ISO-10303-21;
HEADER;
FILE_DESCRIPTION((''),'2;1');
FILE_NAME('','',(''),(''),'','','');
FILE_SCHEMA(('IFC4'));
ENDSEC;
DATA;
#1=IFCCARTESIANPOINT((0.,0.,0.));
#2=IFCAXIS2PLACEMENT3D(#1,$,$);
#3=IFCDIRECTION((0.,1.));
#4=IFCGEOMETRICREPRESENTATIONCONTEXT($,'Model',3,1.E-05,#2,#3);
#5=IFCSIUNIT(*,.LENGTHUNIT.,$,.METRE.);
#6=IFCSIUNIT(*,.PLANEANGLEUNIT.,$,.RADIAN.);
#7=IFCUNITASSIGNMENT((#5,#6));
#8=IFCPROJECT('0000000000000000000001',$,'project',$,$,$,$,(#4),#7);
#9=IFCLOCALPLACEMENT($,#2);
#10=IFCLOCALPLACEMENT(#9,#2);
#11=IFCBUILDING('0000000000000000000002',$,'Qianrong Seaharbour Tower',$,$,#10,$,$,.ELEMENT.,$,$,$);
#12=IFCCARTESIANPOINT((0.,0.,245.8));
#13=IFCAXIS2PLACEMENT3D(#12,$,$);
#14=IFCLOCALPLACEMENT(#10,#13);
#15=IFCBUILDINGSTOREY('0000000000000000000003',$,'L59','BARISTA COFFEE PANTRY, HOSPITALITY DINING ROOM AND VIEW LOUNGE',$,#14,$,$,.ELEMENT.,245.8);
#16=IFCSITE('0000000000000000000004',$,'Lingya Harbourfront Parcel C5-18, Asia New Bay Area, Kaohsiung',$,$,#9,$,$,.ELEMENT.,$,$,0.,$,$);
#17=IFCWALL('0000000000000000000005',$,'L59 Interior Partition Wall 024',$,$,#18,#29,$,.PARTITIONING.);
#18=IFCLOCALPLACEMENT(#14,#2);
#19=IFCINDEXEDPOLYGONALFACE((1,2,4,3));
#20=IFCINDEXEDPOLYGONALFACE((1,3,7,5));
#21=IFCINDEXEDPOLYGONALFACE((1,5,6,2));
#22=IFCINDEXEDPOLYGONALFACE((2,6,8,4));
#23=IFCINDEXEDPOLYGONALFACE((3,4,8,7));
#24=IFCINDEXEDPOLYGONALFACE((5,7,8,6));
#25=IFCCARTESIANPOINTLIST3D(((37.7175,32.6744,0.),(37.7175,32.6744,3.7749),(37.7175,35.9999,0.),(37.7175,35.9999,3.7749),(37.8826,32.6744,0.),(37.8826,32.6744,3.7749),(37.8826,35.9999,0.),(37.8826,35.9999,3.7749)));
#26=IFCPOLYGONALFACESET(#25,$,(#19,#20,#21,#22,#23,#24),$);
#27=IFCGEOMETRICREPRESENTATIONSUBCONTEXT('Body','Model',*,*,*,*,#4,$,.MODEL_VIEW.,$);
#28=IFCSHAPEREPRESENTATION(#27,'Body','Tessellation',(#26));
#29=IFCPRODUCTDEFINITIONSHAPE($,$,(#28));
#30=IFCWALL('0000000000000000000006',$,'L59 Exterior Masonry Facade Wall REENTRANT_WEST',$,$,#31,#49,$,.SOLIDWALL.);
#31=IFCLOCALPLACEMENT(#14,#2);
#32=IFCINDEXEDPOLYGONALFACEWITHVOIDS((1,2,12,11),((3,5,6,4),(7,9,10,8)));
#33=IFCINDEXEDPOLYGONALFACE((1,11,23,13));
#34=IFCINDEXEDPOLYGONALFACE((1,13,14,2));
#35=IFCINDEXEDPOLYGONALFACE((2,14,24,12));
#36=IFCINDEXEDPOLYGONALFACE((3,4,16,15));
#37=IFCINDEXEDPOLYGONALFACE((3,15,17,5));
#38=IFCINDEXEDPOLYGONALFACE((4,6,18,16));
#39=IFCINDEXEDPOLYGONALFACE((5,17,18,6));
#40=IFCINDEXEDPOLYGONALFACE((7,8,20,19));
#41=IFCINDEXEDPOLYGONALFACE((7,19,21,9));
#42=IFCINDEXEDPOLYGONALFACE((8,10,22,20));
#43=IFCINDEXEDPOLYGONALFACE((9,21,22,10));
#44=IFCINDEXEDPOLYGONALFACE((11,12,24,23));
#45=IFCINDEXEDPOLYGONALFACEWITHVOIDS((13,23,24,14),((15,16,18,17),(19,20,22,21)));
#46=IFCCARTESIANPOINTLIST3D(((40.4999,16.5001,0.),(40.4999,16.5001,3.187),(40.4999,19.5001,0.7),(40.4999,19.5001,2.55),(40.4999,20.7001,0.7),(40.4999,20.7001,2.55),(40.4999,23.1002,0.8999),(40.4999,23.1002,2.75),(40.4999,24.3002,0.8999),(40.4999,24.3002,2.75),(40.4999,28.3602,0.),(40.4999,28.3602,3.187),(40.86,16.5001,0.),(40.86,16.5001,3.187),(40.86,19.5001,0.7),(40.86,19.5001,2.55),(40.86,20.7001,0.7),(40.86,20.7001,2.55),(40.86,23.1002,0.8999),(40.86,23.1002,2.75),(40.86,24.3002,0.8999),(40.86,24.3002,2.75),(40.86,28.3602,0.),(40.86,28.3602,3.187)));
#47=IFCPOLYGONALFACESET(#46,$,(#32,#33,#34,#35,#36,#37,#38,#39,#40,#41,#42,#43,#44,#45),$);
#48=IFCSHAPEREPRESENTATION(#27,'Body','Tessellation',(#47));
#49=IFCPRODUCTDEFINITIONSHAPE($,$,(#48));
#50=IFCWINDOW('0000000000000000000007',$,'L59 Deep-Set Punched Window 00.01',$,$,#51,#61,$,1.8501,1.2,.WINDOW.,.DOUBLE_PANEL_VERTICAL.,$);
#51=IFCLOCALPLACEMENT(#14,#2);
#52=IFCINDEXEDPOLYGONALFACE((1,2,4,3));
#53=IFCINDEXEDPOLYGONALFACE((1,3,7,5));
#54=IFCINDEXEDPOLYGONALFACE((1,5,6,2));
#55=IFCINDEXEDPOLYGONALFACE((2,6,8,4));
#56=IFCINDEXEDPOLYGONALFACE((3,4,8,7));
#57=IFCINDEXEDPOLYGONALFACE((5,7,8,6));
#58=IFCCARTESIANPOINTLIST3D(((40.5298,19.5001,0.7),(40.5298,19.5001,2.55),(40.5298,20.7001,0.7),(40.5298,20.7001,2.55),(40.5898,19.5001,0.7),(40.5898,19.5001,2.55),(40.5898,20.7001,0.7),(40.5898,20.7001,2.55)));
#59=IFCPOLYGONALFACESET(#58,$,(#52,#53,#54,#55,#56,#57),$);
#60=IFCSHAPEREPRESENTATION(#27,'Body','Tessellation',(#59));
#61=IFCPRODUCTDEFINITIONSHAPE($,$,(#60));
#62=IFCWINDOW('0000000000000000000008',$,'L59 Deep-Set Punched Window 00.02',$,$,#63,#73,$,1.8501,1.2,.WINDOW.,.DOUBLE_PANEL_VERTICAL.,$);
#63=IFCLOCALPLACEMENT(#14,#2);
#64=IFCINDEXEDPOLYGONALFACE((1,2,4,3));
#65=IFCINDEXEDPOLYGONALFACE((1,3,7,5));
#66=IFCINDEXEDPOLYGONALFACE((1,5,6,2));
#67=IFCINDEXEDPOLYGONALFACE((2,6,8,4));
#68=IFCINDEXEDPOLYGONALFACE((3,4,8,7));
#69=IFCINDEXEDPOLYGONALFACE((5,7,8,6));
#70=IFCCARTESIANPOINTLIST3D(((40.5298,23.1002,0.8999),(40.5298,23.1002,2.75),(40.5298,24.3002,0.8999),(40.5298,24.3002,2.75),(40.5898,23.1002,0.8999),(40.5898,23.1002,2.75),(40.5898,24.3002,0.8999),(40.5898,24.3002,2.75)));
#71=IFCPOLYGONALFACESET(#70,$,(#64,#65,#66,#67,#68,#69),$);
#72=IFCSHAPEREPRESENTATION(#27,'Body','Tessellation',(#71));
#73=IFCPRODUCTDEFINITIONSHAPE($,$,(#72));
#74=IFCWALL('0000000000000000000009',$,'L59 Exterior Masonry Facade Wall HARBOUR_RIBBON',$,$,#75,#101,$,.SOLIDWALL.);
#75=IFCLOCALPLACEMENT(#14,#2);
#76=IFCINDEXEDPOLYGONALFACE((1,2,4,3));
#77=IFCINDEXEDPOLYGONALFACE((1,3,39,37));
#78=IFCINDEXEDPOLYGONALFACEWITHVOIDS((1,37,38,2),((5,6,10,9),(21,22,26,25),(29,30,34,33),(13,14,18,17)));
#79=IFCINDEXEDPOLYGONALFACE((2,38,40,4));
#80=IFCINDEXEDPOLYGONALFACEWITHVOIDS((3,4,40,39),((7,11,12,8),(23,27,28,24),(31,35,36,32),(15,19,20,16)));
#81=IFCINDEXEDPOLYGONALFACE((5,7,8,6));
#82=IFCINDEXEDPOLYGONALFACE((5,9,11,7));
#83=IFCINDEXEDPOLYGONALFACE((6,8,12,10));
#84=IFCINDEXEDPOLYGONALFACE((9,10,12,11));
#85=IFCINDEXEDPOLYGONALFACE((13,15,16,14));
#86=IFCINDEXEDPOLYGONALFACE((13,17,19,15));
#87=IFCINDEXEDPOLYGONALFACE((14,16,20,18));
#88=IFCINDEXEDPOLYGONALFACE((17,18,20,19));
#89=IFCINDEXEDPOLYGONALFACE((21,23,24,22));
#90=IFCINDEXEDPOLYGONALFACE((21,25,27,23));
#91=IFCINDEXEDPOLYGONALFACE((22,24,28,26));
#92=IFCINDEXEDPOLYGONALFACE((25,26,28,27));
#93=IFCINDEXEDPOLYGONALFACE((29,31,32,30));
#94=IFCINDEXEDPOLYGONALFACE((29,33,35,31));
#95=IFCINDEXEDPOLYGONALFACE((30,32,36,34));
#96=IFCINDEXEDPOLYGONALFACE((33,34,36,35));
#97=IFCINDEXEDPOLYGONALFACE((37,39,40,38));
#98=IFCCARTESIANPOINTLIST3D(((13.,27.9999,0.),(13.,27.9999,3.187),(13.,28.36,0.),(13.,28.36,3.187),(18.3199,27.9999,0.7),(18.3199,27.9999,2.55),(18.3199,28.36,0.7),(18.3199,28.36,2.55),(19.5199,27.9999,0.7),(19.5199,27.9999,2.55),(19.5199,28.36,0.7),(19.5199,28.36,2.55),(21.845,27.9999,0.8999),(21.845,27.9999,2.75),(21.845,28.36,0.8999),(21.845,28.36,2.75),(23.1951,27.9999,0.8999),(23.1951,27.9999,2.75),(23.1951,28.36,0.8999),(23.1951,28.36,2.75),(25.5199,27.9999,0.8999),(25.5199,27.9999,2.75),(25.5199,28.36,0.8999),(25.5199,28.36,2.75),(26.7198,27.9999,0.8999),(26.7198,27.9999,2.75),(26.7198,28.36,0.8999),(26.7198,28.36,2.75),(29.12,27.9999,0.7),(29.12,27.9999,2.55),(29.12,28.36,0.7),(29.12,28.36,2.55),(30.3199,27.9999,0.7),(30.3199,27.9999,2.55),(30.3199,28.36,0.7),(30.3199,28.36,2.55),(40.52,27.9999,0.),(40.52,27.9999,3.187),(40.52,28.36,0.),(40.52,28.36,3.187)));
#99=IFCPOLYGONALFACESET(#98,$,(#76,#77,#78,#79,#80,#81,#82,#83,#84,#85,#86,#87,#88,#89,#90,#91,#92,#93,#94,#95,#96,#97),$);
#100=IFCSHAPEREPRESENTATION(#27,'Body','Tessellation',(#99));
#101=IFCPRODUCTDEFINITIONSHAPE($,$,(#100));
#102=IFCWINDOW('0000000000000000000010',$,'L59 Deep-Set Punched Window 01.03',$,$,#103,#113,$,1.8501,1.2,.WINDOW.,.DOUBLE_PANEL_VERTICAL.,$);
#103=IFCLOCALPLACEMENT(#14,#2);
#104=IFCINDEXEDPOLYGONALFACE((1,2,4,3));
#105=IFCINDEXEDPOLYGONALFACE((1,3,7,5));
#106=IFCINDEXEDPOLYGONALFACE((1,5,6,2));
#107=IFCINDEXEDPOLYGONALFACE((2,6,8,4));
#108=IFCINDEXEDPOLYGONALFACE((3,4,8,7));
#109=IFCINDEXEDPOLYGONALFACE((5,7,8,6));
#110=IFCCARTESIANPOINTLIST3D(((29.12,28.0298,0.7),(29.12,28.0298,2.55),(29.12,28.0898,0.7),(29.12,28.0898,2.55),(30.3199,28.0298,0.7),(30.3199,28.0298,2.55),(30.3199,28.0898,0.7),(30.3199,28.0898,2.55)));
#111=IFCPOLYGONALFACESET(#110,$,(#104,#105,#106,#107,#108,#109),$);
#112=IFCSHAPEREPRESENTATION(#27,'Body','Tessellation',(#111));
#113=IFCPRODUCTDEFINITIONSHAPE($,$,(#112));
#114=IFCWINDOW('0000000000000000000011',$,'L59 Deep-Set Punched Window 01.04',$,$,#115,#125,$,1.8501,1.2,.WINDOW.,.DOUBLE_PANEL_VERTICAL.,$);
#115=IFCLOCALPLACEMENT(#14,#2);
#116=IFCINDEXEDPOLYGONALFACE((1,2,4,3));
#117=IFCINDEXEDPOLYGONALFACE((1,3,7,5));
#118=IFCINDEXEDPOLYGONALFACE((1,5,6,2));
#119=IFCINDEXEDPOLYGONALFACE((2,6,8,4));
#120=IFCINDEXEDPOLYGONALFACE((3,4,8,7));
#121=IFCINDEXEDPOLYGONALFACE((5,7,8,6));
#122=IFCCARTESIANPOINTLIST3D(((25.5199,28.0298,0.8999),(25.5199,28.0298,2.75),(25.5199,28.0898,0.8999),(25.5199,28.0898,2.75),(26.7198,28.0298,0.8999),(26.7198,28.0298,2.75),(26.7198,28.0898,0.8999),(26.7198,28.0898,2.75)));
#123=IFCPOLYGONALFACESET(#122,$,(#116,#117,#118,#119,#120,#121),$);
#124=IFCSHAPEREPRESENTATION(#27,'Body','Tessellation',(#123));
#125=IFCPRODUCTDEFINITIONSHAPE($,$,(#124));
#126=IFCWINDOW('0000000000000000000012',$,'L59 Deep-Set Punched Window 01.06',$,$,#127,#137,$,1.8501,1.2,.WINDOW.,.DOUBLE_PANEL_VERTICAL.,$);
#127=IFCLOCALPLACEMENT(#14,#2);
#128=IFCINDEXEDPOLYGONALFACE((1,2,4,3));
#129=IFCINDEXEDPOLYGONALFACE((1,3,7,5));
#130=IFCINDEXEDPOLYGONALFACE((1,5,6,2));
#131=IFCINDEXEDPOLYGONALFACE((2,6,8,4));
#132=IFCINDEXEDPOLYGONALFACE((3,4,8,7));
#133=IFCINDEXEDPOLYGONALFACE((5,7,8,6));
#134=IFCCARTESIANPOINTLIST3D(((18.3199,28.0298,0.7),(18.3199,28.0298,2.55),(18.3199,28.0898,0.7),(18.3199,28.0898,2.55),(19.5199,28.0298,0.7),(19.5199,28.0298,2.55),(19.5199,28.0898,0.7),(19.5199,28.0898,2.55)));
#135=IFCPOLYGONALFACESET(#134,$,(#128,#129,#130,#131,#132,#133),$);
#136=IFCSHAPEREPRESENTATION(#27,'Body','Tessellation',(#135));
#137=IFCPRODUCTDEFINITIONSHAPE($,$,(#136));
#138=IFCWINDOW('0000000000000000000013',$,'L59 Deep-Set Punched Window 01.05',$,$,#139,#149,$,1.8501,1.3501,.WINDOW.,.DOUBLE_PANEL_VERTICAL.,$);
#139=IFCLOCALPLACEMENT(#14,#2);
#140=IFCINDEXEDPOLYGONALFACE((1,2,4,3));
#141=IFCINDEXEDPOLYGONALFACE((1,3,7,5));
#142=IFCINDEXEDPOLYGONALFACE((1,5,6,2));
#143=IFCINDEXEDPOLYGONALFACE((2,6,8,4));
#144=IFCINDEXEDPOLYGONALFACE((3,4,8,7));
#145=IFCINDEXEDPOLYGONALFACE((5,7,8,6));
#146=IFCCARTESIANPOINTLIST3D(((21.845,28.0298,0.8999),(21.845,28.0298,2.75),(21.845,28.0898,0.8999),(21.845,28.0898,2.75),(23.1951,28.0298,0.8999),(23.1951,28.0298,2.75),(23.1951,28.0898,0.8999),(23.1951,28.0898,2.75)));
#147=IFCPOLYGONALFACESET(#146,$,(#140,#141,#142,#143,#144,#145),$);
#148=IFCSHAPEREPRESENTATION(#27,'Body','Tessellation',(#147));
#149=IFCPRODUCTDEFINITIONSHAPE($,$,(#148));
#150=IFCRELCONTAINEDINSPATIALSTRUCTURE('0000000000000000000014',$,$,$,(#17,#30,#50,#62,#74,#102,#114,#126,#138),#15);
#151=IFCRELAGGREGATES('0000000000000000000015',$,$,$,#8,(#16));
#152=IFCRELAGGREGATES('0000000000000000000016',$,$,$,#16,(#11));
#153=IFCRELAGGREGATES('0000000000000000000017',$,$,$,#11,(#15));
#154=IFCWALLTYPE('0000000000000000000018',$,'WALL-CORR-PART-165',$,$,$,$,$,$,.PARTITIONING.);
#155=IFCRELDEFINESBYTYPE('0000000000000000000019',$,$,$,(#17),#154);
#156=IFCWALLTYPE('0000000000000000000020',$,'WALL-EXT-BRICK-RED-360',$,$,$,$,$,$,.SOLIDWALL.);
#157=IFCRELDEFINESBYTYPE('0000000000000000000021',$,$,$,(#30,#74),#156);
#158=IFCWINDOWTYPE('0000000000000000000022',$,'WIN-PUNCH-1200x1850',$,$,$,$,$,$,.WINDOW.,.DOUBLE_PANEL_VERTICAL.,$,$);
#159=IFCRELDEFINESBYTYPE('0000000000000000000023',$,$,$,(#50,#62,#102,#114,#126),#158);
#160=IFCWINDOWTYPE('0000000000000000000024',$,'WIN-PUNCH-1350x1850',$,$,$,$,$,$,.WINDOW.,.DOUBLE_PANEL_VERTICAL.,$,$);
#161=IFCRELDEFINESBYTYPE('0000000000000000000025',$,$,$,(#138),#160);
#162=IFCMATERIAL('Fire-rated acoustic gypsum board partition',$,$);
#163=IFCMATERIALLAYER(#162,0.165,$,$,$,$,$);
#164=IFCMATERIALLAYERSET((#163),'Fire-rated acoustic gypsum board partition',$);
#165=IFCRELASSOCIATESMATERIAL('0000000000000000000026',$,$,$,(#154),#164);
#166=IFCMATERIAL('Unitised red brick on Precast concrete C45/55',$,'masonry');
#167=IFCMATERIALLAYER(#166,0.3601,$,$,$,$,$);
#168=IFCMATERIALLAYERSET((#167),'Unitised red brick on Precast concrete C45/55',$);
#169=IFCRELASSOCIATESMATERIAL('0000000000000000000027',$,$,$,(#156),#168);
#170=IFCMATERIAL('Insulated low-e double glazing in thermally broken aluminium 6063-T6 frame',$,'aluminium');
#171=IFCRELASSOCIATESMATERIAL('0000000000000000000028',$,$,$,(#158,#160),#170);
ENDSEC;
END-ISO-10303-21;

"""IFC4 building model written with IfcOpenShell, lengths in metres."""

from ifc_helpers import new_model, si_unit, direction, frame, frame_2d, origin, place, context, subcontext, project, spatial, rectangle, extrude, material, layer, layer_set, type_object, element, fill, save


model = new_model("IFC4")

# Units and contexts
model_context = context("Model", 3, precision=1e-05, world=origin(), true_north=direction((0.0, 1.0)))
body_context = subcontext(model_context, "Body", "Model", "MODEL_VIEW")
ifc_project = project(units=[si_unit("LENGTHUNIT", "METRE"), si_unit("PLANEANGLEUNIT", "RADIAN")], contexts=[model_context])

# Site, building, storey
site_placement = place(None, origin())
site = spatial("IfcSite", under=ifc_project, at=site_placement, Name="Lingya Harbourfront Parcel C5-18, Asia New Bay Area, Kaohsiung", CompositionType="ELEMENT", RefElevation=0.0)
building_placement = place(site_placement, origin())
building = spatial("IfcBuilding", under=site, at=building_placement, Name="Qianrong Seaharbour Tower", CompositionType="ELEMENT")
storey_placement = place(building_placement, frame((0.0, 0.0, 245.8)))
storey = spatial("IfcBuildingStorey", under=building, at=storey_placement, Name="L59", Description="BARISTA COFFEE PANTRY, HOSPITALITY DINING ROOM AND VIEW LOUNGE", CompositionType="ELEMENT", Elevation=245.8)

# Wall
ifc_material_1 = material(Name="Fire-rated acoustic gypsum board partition")
ifc_layer_1 = layer(ifc_material_1, 0.165)
ifc_layer_set_1 = layer_set([ifc_layer_1], Name="Fire-rated acoustic gypsum board partition")
wall_type_1 = type_object("IfcWallType", Name="WALL-CORR-PART-165", PredefinedType="PARTITIONING", material=ifc_layer_set_1)
wall_1_placement = place(storey_placement, frame((37.8, 32.6746, 0.0), z_axis=(0.0, 0.0, 1.0), x_axis=(0.0, 1.0, 0.0)))
element("IfcWall", 1, at=wall_1_placement, inside=storey, type_object=wall_type_1, Name="L59 Interior Partition Wall 024", PredefinedType="PARTITIONING", context=body_context, shape_type="SweptSolid", body=[
    extrude(rectangle(XDim=3.3254, YDim=0.165, at=frame_2d((1.6626, 0.0))), origin(), (0.0, 0.0, 1.0), 3.7749),
])

# Walls, openings, windows
ifc_material_2 = material(Name="Unitised red brick on Precast concrete C45/55", Category="masonry")
ifc_layer_2 = layer(ifc_material_2, 0.3601)
ifc_layer_set_2 = layer_set([ifc_layer_2], Name="Unitised red brick on Precast concrete C45/55")
wall_type_2 = type_object("IfcWallType", Name="WALL-EXT-BRICK-RED-360", PredefinedType="SOLIDWALL", material=ifc_layer_set_2)
wall_2_placement = place(storey_placement, frame((40.6799, 16.5, 0.0), z_axis=(0.0, 0.0, 1.0), x_axis=(0.0, 1.0, 0.0)))
wall_2 = element("IfcWall", 2, at=wall_2_placement, inside=storey, type_object=wall_type_2, Name="L59 Exterior Masonry Facade Wall REENTRANT_WEST", PredefinedType="SOLIDWALL", context=body_context, shape_type="SweptSolid", body=[
    extrude(rectangle(XDim=11.8601, YDim=0.3601, at=frame_2d((5.9302, 0.0))), origin(), (0.0, 0.0, 1.0), 3.187),
])
opening_1_placement = place(wall_2_placement, frame((3.0, 0.0, 0.7)))
opening_1 = element("IfcOpeningElement", 3, at=opening_1_placement, cuts=wall_2, PredefinedType="OPENING", context=body_context, shape_type="SweptSolid", body=[
    extrude(rectangle(XDim=1.2, YDim=1.8501, at=frame_2d((0.6001, 0.925))), frame((0.0, 0.1899, 0.0), z_axis=(0.0, -1.0, 0.0), x_axis=(1.0, 0.0, 0.0)), (0.0, 0.0, 1.0), 0.3801),
])
opening_2_placement = place(wall_2_placement, frame((6.6001, 0.0, 0.8999)))
opening_2 = element("IfcOpeningElement", 4, at=opening_2_placement, cuts=wall_2, PredefinedType="OPENING", context=body_context, shape_type="SweptSolid", body=[
    extrude(rectangle(XDim=1.2, YDim=1.8501, at=frame_2d((0.6001, 0.925))), frame((0.0, 0.1899, 0.0), z_axis=(0.0, -1.0, 0.0), x_axis=(1.0, 0.0, 0.0)), (0.0, 0.0, 1.0), 0.3801),
])
ifc_material_3 = material(Name="Insulated low-e double glazing in thermally broken aluminium 6063-T6 frame", Category="aluminium")
window_type_1 = type_object("IfcWindowType", Name="WIN-PUNCH-1200x1850", PartitioningType="DOUBLE_PANEL_VERTICAL", PredefinedType="WINDOW", material=ifc_material_3)
window_1_placement = place(opening_1_placement, origin())
window_1 = element("IfcWindow", 5, at=window_1_placement, inside=storey, type_object=window_type_1, Name="L59 Deep-Set Punched Window 00.01", OverallHeight=1.8501, OverallWidth=1.2, PartitioningType="DOUBLE_PANEL_VERTICAL", PredefinedType="WINDOW", context=body_context, shape_type="SweptSolid", body=[
    extrude(rectangle(XDim=1.2, YDim=1.8501, at=frame_2d((0.6001, 0.925))), frame((0.0, 0.1501, 0.0), z_axis=(0.0, -1.0, 0.0), x_axis=(1.0, 0.0, 0.0)), (0.0, 0.0, 1.0), 0.0601),
])
fill(opening_1, window_1)
window_2_placement = place(opening_2_placement, origin())
window_2 = element("IfcWindow", 6, at=window_2_placement, inside=storey, type_object=window_type_1, Name="L59 Deep-Set Punched Window 00.02", OverallHeight=1.8501, OverallWidth=1.2, PartitioningType="DOUBLE_PANEL_VERTICAL", PredefinedType="WINDOW", context=body_context, shape_type="SweptSolid", body=[
    extrude(rectangle(XDim=1.2, YDim=1.8501, at=frame_2d((0.6001, 0.925))), frame((0.0, 0.1501, 0.0), z_axis=(0.0, -1.0, 0.0), x_axis=(1.0, 0.0, 0.0)), (0.0, 0.0, 1.0), 0.0601),
])
fill(opening_2, window_2)
wall_3_placement = place(storey_placement, frame((40.52, 28.1799, 0.0), z_axis=(0.0, 0.0, 1.0), x_axis=(-1.0, 0.0, 0.0)))
wall_3 = element("IfcWall", 7, at=wall_3_placement, inside=storey, type_object=wall_type_2, Name="L59 Exterior Masonry Facade Wall HARBOUR_RIBBON", PredefinedType="SOLIDWALL", context=body_context, shape_type="SweptSolid", body=[
    extrude(rectangle(XDim=27.52, YDim=0.3601, at=frame_2d((13.76, 0.0))), origin(), (0.0, 0.0, 1.0), 3.187),
])
opening_3_placement = place(wall_3_placement, frame((10.2, 0.0, 0.7)))
opening_3 = element("IfcOpeningElement", 8, at=opening_3_placement, cuts=wall_3, PredefinedType="OPENING", context=body_context, shape_type="SweptSolid", body=[
    extrude(rectangle(XDim=1.2, YDim=1.8501, at=frame_2d((0.6001, 0.925))), frame((0.0, 0.1899, 0.0), z_axis=(0.0, -1.0, 0.0), x_axis=(1.0, 0.0, 0.0)), (0.0, 0.0, 1.0), 0.3801),
])
opening_4_placement = place(wall_3_placement, frame((13.8, 0.0, 0.8999)))
opening_4 = element("IfcOpeningElement", 9, at=opening_4_placement, cuts=wall_3, PredefinedType="OPENING", context=body_context, shape_type="SweptSolid", body=[
    extrude(rectangle(XDim=1.2, YDim=1.8501, at=frame_2d((0.6001, 0.925))), frame((0.0, 0.1899, 0.0), z_axis=(0.0, -1.0, 0.0), x_axis=(1.0, 0.0, 0.0)), (0.0, 0.0, 1.0), 0.3801),
])
opening_5_placement = place(wall_3_placement, frame((17.325, 0.0, 0.8999)))
opening_5 = element("IfcOpeningElement", 10, at=opening_5_placement, cuts=wall_3, PredefinedType="OPENING", context=body_context, shape_type="SweptSolid", body=[
    extrude(rectangle(XDim=1.3501, YDim=1.8501, at=frame_2d((0.675, 0.925))), frame((0.0, 0.1899, 0.0), z_axis=(0.0, -1.0, 0.0), x_axis=(1.0, 0.0, 0.0)), (0.0, 0.0, 1.0), 0.3801),
])
opening_6_placement = place(wall_3_placement, frame((21.0, 0.0, 0.7)))
opening_6 = element("IfcOpeningElement", 11, at=opening_6_placement, cuts=wall_3, PredefinedType="OPENING", context=body_context, shape_type="SweptSolid", body=[
    extrude(rectangle(XDim=1.2, YDim=1.8501, at=frame_2d((0.6001, 0.925))), frame((0.0, 0.1899, 0.0), z_axis=(0.0, -1.0, 0.0), x_axis=(1.0, 0.0, 0.0)), (0.0, 0.0, 1.0), 0.3801),
])
window_3_placement = place(opening_3_placement, origin())
window_3 = element("IfcWindow", 12, at=window_3_placement, inside=storey, type_object=window_type_1, Name="L59 Deep-Set Punched Window 01.03", OverallHeight=1.8501, OverallWidth=1.2, PartitioningType="DOUBLE_PANEL_VERTICAL", PredefinedType="WINDOW", context=body_context, shape_type="SweptSolid", body=[
    extrude(rectangle(XDim=1.2, YDim=1.8501, at=frame_2d((0.6001, 0.925))), frame((0.0, 0.1501, 0.0), z_axis=(0.0, -1.0, 0.0), x_axis=(1.0, 0.0, 0.0)), (0.0, 0.0, 1.0), 0.0601),
])
fill(opening_3, window_3)
window_4_placement = place(opening_4_placement, origin())
window_4 = element("IfcWindow", 13, at=window_4_placement, inside=storey, type_object=window_type_1, Name="L59 Deep-Set Punched Window 01.04", OverallHeight=1.8501, OverallWidth=1.2, PartitioningType="DOUBLE_PANEL_VERTICAL", PredefinedType="WINDOW", context=body_context, shape_type="SweptSolid", body=[
    extrude(rectangle(XDim=1.2, YDim=1.8501, at=frame_2d((0.6001, 0.925))), frame((0.0, 0.1501, 0.0), z_axis=(0.0, -1.0, 0.0), x_axis=(1.0, 0.0, 0.0)), (0.0, 0.0, 1.0), 0.0601),
])
fill(opening_4, window_4)
window_5_placement = place(opening_6_placement, origin())
window_5 = element("IfcWindow", 14, at=window_5_placement, inside=storey, type_object=window_type_1, Name="L59 Deep-Set Punched Window 01.06", OverallHeight=1.8501, OverallWidth=1.2, PartitioningType="DOUBLE_PANEL_VERTICAL", PredefinedType="WINDOW", context=body_context, shape_type="SweptSolid", body=[
    extrude(rectangle(XDim=1.2, YDim=1.8501, at=frame_2d((0.6001, 0.925))), frame((0.0, 0.1501, 0.0), z_axis=(0.0, -1.0, 0.0), x_axis=(1.0, 0.0, 0.0)), (0.0, 0.0, 1.0), 0.0601),
])
fill(opening_6, window_5)
window_type_2 = type_object("IfcWindowType", Name="WIN-PUNCH-1350x1850", PartitioningType="DOUBLE_PANEL_VERTICAL", PredefinedType="WINDOW", material=ifc_material_3)
window_6_placement = place(opening_5_placement, origin())
window_6 = element("IfcWindow", 15, at=window_6_placement, inside=storey, type_object=window_type_2, Name="L59 Deep-Set Punched Window 01.05", OverallHeight=1.8501, OverallWidth=1.3501, PartitioningType="DOUBLE_PANEL_VERTICAL", PredefinedType="WINDOW", context=body_context, shape_type="SweptSolid", body=[
    extrude(rectangle(XDim=1.3501, YDim=1.8501, at=frame_2d((0.675, 0.925))), frame((0.0, 0.1501, 0.0), z_axis=(0.0, -1.0, 0.0), x_axis=(1.0, 0.0, 0.0)), (0.0, 0.0, 1.0), 0.0601),
])
fill(opening_5, window_6)

save(model, "model.ifc")
